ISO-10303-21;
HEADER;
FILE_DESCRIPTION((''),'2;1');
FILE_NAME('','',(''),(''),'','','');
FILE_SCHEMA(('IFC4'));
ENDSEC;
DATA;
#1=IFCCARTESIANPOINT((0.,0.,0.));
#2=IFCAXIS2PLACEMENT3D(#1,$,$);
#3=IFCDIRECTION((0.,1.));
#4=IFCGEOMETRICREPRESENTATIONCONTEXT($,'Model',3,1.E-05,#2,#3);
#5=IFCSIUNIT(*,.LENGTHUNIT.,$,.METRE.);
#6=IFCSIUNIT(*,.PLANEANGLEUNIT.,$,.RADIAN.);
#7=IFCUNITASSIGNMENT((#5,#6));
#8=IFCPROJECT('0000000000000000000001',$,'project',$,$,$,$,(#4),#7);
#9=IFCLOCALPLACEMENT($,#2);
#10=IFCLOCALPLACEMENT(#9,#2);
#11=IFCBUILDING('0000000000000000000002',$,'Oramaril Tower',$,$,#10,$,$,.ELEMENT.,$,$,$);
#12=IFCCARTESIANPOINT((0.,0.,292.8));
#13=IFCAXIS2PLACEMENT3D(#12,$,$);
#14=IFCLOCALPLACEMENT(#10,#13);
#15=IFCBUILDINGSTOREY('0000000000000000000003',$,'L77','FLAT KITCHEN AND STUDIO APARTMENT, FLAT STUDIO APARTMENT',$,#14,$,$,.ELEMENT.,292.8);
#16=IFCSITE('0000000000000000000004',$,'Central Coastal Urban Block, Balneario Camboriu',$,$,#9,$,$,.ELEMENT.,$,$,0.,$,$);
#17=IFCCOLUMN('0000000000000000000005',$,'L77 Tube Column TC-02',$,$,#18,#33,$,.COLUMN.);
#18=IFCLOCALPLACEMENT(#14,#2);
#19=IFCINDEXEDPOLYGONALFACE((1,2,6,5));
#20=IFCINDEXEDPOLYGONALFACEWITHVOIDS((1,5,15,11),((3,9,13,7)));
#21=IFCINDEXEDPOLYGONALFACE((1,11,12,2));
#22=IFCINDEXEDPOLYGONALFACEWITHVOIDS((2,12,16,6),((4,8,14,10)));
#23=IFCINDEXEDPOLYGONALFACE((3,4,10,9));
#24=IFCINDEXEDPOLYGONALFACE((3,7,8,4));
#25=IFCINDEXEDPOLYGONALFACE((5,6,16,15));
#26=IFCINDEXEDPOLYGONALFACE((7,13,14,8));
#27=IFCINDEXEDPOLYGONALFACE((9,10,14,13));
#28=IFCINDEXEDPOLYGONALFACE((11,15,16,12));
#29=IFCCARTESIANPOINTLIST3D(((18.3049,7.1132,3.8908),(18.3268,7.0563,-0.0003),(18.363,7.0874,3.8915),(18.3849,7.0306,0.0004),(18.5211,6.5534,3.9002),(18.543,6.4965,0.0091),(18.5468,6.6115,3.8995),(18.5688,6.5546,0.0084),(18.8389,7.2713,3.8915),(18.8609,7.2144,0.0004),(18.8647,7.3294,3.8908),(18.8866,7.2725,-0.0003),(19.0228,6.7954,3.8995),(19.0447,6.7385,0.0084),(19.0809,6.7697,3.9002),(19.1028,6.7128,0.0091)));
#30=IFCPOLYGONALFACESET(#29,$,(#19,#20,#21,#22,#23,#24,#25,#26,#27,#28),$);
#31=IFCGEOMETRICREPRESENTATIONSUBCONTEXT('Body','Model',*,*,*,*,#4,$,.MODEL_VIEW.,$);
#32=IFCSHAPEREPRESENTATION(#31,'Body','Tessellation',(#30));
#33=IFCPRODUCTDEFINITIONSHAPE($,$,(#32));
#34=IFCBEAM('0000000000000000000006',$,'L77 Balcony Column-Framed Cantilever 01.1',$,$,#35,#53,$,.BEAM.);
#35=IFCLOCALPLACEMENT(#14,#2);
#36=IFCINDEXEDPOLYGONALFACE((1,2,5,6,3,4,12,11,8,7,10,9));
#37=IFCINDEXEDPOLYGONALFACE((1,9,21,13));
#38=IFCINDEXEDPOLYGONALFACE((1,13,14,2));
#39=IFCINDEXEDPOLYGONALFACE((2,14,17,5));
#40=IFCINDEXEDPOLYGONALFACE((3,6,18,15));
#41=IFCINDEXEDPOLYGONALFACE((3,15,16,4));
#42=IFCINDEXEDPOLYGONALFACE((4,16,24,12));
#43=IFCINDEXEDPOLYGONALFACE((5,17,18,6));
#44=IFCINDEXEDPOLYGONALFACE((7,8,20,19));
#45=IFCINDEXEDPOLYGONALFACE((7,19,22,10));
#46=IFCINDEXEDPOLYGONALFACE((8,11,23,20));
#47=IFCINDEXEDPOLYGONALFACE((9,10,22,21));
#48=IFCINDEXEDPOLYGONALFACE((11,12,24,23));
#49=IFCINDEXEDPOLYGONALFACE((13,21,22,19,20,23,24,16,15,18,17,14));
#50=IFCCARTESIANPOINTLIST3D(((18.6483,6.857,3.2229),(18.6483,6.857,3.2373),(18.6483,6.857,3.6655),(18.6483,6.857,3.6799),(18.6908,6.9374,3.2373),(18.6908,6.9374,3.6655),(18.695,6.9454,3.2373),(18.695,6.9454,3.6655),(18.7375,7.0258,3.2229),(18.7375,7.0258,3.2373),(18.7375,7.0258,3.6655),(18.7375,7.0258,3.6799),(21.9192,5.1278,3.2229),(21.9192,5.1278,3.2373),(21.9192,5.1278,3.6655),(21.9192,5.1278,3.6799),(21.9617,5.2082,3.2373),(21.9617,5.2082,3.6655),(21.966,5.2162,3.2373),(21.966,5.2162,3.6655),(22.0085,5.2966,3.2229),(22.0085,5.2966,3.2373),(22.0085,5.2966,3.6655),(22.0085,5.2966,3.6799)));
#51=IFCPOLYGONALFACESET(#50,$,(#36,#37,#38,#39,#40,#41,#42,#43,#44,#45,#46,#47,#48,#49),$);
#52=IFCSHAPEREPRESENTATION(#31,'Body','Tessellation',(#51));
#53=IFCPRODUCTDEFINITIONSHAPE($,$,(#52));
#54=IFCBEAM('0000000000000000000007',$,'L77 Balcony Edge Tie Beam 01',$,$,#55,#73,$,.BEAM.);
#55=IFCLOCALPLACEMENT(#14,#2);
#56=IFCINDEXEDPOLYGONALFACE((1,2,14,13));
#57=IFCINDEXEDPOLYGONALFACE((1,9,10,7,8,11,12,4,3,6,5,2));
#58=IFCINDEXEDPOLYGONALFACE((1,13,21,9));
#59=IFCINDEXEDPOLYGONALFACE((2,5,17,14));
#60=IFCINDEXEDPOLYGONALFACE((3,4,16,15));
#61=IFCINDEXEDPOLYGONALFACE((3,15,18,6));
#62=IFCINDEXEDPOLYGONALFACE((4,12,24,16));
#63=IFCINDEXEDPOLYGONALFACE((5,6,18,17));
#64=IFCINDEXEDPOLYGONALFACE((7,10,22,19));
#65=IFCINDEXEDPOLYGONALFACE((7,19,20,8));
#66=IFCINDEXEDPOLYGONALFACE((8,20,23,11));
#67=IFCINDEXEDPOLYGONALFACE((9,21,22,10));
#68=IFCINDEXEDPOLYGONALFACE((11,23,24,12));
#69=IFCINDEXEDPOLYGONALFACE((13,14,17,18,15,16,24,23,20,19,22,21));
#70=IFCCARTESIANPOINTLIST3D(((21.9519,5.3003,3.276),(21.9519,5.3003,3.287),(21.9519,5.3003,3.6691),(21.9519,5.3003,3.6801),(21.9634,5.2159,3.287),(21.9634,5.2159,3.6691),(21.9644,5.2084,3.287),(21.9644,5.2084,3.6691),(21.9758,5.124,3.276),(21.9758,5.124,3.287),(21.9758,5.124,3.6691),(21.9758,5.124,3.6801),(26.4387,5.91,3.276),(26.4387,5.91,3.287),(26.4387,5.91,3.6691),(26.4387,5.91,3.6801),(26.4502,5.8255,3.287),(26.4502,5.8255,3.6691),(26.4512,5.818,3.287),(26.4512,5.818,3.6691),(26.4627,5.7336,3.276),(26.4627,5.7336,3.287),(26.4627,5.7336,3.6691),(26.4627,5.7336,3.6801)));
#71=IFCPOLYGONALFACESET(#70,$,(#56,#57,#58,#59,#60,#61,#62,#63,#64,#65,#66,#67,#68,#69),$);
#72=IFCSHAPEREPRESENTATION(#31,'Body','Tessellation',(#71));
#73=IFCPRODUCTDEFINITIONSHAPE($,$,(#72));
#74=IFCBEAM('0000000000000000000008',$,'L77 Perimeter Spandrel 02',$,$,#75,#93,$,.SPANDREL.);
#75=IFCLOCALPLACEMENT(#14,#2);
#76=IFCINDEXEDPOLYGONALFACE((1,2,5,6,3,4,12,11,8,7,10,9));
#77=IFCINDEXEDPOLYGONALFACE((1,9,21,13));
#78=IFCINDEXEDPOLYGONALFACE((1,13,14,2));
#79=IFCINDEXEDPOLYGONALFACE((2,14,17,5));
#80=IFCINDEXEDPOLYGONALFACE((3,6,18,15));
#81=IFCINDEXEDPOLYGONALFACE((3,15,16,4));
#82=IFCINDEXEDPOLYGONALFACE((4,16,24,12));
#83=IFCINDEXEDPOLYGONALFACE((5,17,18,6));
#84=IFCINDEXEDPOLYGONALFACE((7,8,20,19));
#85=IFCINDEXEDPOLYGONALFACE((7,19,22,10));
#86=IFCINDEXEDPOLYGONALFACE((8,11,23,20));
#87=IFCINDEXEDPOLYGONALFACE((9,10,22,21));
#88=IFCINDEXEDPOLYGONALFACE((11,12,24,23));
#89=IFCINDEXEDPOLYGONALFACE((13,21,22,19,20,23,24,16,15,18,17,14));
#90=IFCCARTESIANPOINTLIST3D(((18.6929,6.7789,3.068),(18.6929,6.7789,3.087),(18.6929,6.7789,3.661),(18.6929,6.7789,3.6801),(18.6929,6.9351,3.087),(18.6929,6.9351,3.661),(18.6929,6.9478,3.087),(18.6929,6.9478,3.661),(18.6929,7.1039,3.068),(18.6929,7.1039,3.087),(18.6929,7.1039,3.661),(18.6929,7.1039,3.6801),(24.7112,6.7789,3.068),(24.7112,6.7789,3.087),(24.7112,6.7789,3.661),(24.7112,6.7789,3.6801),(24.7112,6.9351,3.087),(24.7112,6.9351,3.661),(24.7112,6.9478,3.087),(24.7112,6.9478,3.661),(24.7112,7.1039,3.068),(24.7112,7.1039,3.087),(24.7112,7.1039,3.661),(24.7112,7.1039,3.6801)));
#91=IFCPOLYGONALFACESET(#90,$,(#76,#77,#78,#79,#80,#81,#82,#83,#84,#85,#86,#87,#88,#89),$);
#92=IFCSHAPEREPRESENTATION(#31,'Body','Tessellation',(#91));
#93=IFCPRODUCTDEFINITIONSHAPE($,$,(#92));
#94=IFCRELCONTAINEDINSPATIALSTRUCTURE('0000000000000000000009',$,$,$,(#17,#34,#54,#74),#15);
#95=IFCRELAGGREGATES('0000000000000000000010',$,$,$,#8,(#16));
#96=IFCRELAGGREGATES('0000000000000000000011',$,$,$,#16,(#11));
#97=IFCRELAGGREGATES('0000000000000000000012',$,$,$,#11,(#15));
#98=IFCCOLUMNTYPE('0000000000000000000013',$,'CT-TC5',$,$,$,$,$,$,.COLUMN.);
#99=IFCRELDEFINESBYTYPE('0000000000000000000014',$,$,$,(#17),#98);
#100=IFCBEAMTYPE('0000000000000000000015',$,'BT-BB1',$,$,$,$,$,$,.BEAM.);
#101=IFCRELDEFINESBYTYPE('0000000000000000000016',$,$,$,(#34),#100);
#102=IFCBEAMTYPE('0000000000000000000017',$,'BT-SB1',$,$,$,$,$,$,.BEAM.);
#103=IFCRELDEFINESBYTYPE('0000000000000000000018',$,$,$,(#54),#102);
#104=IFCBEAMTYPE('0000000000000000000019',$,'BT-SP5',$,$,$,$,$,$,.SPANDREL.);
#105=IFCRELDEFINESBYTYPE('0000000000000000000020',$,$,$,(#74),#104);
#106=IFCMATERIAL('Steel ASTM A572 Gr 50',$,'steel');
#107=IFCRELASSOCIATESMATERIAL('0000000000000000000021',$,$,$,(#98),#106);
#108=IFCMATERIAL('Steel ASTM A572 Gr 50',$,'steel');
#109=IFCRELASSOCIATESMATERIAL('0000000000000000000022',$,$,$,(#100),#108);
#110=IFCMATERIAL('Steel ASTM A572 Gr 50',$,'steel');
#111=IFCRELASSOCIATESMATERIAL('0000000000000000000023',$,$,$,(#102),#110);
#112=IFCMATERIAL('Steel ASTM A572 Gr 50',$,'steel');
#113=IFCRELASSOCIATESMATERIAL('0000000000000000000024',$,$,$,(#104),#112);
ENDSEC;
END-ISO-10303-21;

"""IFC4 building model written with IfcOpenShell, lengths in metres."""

from ifc_helpers import new_model, si_unit, direction, frame, origin, origin_2d, place, context, subcontext, project, spatial, hollow_rectangle, i_section, extrude, material, material_profile, profile_set, type_object, element, save


model = new_model("IFC4")

# Units and contexts
model_context = context("Model", 3, precision=1e-05, world=origin(), true_north=direction((0.0, 1.0)))
body_context = subcontext(model_context, "Body", "Model", "MODEL_VIEW")
ifc_project = project(units=[si_unit("LENGTHUNIT", "METRE"), si_unit("PLANEANGLEUNIT", "RADIAN")], contexts=[model_context])

# Site, building, storey
site_placement = place(None, origin())
site = spatial("IfcSite", under=ifc_project, at=site_placement, Name="Central Coastal Urban Block, Balneario Camboriu", CompositionType="ELEMENT", RefElevation=0.0)
building_placement = place(site_placement, origin())
building = spatial("IfcBuilding", under=site, at=building_placement, Name="Oramaril Tower", CompositionType="ELEMENT")
storey_placement = place(building_placement, frame((0.0, 0.0, 292.8)))
storey = spatial("IfcBuildingStorey", under=building, at=storey_placement, Name="L77", Description="FLAT KITCHEN AND STUDIO APARTMENT, FLAT STUDIO APARTMENT", CompositionType="ELEMENT", Elevation=292.8)

# Column
ifc_material_1 = material(Name="Steel ASTM A572 Gr 50", Category="steel")
ifc_material_profile_1 = material_profile(ifc_material_1, hollow_rectangle(XDim=0.6001, YDim=0.6001, WallThickness=0.0449, at=origin_2d()), Name="BOX600X600X45")
ifc_profile_set_1 = profile_set([ifc_material_profile_1], Name="Steel ASTM A572 Gr 50")
column_type = type_object("IfcColumnType", Name="CT-TC5", PredefinedType="COLUMN", material=ifc_profile_set_1)
column_placement = place(storey_placement, frame((18.7148, 6.8845, 0.0044), z_axis=(-0.005646, 0.014617, 0.999877), x_axis=(-0.932829, -0.36032, 0.0)))
element("IfcColumn", 1, at=column_placement, inside=storey, type_object=column_type, Name="L77 Tube Column TC-02", PredefinedType="COLUMN", context=body_context, shape_type="SweptSolid", body=[
    extrude(hollow_rectangle(XDim=0.6001, YDim=0.6001, WallThickness=0.0449, at=origin_2d()), origin(), (0.0, 0.0, 1.0), 3.8916),
])

# Beams
ifc_material_2 = material(Name="Steel ASTM A572 Gr 50", Category="steel")
ifc_material_profile_2 = material_profile(ifc_material_2, i_section(OverallWidth=0.1909, OverallDepth=0.457, WebThickness=0.009, FlangeThickness=0.0144, at=origin_2d()), Name="W18X50")
ifc_profile_set_2 = profile_set([ifc_material_profile_2], Name="Steel ASTM A572 Gr 50")
beam_type_1 = type_object("IfcBeamType", Name="BT-BB1", PredefinedType="BEAM", material=ifc_profile_set_2)
beam_1_placement = place(storey_placement, frame((18.6929, 6.9414, 3.4514), z_axis=(0.884062, -0.467369, 0.0), x_axis=(0.467369, 0.884062, 0.0)))
element("IfcBeam", 2, at=beam_1_placement, inside=storey, type_object=beam_type_1, Name="L77 Balcony Column-Framed Cantilever 01.1", PredefinedType="BEAM", context=body_context, shape_type="SweptSolid", body=[
    extrude(i_section(OverallWidth=0.1909, OverallDepth=0.457, WebThickness=0.009, FlangeThickness=0.0144, at=origin_2d()), origin(), (0.0, 0.0, 1.0), 3.7),
])
ifc_material_3 = material(Name="Steel ASTM A572 Gr 50", Category="steel")
ifc_material_profile_3 = material_profile(ifc_material_3, i_section(OverallWidth=0.178, OverallDepth=0.4041, WebThickness=0.0076, FlangeThickness=0.011, at=origin_2d()), Name="W16X36")
ifc_profile_set_3 = profile_set([ifc_material_profile_3], Name="Steel ASTM A572 Gr 50")
beam_type_2 = type_object("IfcBeamType", Name="BT-SB1", PredefinedType="BEAM", material=ifc_profile_set_3)
beam_2_placement = place(storey_placement, frame((21.9639, 5.2122, 3.478), z_axis=(0.990896, 0.134632, 0.0), x_axis=(-0.134632, 0.990896, 0.0)))
element("IfcBeam", 3, at=beam_2_placement, inside=storey, type_object=beam_type_2, Name="L77 Balcony Edge Tie Beam 01", PredefinedType="BEAM", context=body_context, shape_type="SweptSolid", body=[
    extrude(i_section(OverallWidth=0.178, OverallDepth=0.4041, WebThickness=0.0076, FlangeThickness=0.011, at=origin_2d()), origin(), (0.0, 0.0, 1.0), 4.5281),
])
ifc_material_4 = material(Name="Steel ASTM A572 Gr 50", Category="steel")
ifc_material_profile_4 = material_profile(ifc_material_4, i_section(OverallWidth=0.325, OverallDepth=0.6121, WebThickness=0.0127, FlangeThickness=0.019, at=origin_2d()), Name="W24X104")
ifc_profile_set_4 = profile_set([ifc_material_profile_4], Name="Steel ASTM A572 Gr 50")
beam_type_3 = type_object("IfcBeamType", Name="BT-SP5", PredefinedType="SPANDREL", material=ifc_profile_set_4)
beam_3_placement = place(storey_placement, frame((18.6929, 6.9414, 3.374), z_axis=(1.0, 0.0, 0.0), x_axis=(0.0, 1.0, 0.0)))
element("IfcBeam", 4, at=beam_3_placement, inside=storey, type_object=beam_type_3, Name="L77 Perimeter Spandrel 02", PredefinedType="SPANDREL", context=body_context, shape_type="SweptSolid", body=[
    extrude(i_section(OverallWidth=0.325, OverallDepth=0.6121, WebThickness=0.0127, FlangeThickness=0.019, at=origin_2d()), origin(), (0.0, 0.0, 1.0), 6.0183),
])

save(model, "model.ifc")
